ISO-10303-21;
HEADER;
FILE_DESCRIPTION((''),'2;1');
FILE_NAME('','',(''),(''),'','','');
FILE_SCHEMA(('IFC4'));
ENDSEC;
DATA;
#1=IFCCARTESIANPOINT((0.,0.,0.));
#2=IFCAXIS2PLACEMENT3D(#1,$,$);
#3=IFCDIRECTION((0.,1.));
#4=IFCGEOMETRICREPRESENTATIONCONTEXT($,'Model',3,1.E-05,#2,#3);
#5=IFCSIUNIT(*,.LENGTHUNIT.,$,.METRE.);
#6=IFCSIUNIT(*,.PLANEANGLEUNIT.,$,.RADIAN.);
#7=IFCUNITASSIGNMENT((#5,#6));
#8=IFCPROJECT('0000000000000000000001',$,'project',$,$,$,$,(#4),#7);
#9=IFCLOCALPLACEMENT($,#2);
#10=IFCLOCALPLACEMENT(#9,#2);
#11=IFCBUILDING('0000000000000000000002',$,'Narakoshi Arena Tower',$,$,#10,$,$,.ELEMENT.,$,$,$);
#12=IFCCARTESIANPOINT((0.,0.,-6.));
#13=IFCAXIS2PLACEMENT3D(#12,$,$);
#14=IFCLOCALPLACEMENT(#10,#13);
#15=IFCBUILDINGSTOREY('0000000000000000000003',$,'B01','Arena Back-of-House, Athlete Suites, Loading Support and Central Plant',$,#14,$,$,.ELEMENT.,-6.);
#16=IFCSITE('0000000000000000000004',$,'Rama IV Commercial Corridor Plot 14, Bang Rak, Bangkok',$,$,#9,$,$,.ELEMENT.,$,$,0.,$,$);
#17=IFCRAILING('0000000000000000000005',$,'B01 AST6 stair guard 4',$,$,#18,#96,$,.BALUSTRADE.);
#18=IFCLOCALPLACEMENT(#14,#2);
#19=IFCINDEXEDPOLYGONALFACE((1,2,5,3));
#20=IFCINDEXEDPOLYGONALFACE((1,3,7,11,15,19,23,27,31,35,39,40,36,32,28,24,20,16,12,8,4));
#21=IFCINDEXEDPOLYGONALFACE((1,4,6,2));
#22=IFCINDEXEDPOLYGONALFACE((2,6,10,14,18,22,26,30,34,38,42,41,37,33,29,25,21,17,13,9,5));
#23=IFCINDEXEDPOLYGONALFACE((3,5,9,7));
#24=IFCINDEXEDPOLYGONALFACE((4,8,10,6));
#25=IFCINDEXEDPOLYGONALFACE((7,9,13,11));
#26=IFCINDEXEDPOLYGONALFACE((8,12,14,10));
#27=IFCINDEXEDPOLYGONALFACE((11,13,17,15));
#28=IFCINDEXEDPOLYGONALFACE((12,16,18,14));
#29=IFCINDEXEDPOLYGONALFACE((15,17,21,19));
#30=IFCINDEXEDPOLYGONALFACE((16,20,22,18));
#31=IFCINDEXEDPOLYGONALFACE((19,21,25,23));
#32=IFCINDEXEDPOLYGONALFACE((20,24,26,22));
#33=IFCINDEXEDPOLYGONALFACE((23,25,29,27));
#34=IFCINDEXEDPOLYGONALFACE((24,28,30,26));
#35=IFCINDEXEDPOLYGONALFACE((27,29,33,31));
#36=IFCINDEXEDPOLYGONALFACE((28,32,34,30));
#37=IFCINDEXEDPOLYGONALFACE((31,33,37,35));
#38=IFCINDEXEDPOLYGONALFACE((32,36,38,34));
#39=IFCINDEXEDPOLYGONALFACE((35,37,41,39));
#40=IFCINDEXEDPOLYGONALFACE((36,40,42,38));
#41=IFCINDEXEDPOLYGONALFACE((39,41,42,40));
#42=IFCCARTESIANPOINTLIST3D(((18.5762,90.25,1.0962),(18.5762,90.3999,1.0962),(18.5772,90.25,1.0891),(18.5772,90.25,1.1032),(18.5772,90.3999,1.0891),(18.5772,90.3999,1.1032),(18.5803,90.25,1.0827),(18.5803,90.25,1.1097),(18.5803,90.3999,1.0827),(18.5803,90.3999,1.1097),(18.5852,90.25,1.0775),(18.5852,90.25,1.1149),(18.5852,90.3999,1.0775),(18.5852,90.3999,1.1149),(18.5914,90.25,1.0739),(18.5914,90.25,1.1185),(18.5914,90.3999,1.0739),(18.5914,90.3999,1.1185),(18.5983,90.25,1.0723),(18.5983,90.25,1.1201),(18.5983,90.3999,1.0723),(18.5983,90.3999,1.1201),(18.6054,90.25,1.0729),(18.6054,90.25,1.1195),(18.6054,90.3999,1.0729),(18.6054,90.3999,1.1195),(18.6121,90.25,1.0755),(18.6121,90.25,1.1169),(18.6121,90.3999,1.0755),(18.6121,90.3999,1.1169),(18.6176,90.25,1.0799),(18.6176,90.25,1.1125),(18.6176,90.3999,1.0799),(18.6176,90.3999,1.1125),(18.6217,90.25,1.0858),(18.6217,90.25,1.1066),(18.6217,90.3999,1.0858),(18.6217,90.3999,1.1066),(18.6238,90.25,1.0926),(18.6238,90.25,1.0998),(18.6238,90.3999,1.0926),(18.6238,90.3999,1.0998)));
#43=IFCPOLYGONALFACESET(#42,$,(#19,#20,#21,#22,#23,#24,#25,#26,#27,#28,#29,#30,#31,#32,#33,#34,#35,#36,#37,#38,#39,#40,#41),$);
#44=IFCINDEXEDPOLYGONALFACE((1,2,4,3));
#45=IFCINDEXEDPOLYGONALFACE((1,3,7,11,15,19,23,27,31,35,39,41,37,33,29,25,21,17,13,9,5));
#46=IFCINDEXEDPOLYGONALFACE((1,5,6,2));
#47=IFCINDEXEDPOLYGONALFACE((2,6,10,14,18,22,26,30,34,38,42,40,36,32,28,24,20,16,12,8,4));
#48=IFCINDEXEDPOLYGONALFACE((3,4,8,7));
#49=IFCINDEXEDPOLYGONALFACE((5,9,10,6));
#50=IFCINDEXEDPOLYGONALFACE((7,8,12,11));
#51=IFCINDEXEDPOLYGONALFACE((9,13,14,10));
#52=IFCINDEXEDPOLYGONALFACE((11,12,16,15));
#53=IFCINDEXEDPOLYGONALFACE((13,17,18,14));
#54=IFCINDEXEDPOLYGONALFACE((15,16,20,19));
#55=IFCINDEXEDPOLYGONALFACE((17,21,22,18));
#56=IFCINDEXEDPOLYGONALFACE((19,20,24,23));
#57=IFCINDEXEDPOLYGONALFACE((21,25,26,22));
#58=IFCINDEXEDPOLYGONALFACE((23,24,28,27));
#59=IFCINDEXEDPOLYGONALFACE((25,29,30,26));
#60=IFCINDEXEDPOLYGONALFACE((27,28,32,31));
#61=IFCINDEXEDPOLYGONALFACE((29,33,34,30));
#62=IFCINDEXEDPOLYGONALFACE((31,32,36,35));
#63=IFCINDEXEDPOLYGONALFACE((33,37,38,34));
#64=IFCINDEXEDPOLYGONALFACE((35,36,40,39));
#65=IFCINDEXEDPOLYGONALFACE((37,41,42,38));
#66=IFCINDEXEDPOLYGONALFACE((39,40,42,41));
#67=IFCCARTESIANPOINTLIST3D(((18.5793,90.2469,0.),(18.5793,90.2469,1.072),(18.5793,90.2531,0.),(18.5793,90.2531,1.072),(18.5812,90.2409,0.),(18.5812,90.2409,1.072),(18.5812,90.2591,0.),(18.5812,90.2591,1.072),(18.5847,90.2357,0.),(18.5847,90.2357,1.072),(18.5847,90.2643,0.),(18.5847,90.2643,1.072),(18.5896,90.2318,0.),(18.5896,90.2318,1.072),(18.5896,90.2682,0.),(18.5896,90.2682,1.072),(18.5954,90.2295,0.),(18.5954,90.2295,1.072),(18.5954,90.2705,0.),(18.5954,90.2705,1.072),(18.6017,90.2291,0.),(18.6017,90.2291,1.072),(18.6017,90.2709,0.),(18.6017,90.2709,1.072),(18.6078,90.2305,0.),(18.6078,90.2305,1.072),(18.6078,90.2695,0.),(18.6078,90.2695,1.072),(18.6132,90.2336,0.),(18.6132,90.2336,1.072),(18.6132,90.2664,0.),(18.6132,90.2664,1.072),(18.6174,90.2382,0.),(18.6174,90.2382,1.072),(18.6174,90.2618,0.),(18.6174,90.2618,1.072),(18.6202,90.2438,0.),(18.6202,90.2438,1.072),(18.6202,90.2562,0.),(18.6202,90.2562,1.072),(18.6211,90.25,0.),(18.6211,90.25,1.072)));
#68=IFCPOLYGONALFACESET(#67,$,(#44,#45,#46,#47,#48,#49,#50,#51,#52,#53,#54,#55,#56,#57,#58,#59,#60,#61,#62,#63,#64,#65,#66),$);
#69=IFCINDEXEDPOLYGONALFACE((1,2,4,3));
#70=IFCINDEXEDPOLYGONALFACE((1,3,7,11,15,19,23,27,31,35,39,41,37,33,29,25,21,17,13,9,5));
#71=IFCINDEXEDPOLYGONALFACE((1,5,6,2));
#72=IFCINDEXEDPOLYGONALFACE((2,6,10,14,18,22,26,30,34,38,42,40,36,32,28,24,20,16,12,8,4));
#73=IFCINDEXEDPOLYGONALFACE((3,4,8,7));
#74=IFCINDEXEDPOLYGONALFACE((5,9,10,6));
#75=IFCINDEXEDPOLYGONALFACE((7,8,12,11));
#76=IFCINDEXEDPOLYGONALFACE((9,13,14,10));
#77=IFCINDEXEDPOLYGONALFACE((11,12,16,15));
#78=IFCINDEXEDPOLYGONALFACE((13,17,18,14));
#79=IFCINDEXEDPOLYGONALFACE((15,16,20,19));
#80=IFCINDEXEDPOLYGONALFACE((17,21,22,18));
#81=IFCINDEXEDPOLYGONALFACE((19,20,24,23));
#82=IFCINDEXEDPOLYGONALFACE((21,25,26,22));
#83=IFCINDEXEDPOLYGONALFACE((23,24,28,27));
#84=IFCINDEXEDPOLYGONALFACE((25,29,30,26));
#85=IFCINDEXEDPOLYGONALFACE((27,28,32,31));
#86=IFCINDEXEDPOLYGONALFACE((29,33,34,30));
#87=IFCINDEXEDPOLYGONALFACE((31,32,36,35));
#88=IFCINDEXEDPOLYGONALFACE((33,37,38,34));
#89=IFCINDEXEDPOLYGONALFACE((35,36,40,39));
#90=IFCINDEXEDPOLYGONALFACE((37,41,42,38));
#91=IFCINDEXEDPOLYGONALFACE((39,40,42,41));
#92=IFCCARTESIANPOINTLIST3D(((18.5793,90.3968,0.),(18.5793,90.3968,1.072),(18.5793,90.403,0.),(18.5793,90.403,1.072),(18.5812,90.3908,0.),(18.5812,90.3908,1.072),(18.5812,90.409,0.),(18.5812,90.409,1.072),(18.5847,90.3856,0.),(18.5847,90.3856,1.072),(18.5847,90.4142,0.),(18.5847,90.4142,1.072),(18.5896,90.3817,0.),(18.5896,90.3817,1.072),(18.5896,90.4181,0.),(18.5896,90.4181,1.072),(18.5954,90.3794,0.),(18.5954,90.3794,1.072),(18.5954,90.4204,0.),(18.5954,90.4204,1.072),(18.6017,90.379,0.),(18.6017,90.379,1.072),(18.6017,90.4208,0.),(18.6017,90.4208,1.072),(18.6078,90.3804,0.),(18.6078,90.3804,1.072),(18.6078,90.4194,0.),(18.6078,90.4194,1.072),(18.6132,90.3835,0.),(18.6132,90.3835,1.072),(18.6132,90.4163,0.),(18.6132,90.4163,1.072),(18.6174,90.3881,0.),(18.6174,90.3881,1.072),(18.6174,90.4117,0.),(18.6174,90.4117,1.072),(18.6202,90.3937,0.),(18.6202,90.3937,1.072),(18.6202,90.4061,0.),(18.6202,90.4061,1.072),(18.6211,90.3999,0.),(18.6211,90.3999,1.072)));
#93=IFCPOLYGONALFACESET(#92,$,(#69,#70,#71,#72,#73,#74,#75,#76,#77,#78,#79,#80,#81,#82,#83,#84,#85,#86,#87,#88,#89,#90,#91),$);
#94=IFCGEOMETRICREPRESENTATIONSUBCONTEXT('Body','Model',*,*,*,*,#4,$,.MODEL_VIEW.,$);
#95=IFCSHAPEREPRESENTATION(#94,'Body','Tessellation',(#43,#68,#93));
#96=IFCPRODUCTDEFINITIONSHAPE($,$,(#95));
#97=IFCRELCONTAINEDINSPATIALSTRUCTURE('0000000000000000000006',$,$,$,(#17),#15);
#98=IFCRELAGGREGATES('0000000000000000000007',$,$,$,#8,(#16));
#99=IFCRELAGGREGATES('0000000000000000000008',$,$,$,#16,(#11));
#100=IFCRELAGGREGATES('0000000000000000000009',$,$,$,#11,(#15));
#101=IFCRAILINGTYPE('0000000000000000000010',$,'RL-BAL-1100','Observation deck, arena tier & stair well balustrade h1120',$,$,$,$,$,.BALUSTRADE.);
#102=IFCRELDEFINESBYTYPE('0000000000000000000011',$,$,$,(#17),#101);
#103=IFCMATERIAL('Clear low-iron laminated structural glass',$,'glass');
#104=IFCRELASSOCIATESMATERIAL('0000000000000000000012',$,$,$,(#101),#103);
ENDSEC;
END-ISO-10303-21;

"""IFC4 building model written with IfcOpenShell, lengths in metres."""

from ifc_helpers import new_model, si_unit, direction, frame, origin, origin_2d, place, context, subcontext, project, spatial, circle, extrude, material, type_object, element, save


model = new_model("IFC4")

# Units and contexts
model_context = context("Model", 3, precision=1e-05, world=origin(), true_north=direction((0.0, 1.0)))
body_context = subcontext(model_context, "Body", "Model", "MODEL_VIEW")
ifc_project = project(units=[si_unit("LENGTHUNIT", "METRE"), si_unit("PLANEANGLEUNIT", "RADIAN")], contexts=[model_context])

# Site, building, storey
site_placement = place(None, origin())
site = spatial("IfcSite", under=ifc_project, at=site_placement, Name="Rama IV Commercial Corridor Plot 14, Bang Rak, Bangkok", CompositionType="ELEMENT", RefElevation=0.0)
building_placement = place(site_placement, origin())
building = spatial("IfcBuilding", under=site, at=building_placement, Name="Narakoshi Arena Tower", CompositionType="ELEMENT")
storey_placement = place(building_placement, frame((0.0, 0.0, -6.0)))
storey = spatial("IfcBuildingStorey", under=building, at=storey_placement, Name="B01", Description="Arena Back-of-House, Athlete Suites, Loading Support and Central Plant", CompositionType="ELEMENT", Elevation=-6.0)

# Railing
ifc_material_1 = material(Name="Clear low-iron laminated structural glass", Category="glass")
railing_type_1 = type_object("IfcRailingType", Name="RL-BAL-1100", Description="Observation deck, arena tier & stair well balustrade h1120", PredefinedType="BALUSTRADE", material=ifc_material_1)
railing_1_placement = place(storey_placement, frame((18.6001, 90.25, 0.0)))
element("IfcRailing", 1, at=railing_1_placement, inside=storey, type_object=railing_type_1, Name="B01 AST6 stair guard 4", PredefinedType="BALUSTRADE", context=body_context, shape_type="SweptSolid", body=[
    extrude(circle(Radius=0.0239, at=origin_2d()), frame((0.0, 0.0, 1.0962), z_axis=(0.0, 1.0, 0.0), x_axis=(-1.0, 0.0, 0.0)), (0.0, 0.0, 1.0), 0.1499),
    extrude(circle(Radius=0.021, at=origin_2d()), origin(), (0.0, 0.0, 1.0), 1.072),
    extrude(circle(Radius=0.021, at=origin_2d()), frame((0.0, 0.1499, 0.0)), (0.0, 0.0, 1.0), 1.072),
])

save(model, "model.ifc")
